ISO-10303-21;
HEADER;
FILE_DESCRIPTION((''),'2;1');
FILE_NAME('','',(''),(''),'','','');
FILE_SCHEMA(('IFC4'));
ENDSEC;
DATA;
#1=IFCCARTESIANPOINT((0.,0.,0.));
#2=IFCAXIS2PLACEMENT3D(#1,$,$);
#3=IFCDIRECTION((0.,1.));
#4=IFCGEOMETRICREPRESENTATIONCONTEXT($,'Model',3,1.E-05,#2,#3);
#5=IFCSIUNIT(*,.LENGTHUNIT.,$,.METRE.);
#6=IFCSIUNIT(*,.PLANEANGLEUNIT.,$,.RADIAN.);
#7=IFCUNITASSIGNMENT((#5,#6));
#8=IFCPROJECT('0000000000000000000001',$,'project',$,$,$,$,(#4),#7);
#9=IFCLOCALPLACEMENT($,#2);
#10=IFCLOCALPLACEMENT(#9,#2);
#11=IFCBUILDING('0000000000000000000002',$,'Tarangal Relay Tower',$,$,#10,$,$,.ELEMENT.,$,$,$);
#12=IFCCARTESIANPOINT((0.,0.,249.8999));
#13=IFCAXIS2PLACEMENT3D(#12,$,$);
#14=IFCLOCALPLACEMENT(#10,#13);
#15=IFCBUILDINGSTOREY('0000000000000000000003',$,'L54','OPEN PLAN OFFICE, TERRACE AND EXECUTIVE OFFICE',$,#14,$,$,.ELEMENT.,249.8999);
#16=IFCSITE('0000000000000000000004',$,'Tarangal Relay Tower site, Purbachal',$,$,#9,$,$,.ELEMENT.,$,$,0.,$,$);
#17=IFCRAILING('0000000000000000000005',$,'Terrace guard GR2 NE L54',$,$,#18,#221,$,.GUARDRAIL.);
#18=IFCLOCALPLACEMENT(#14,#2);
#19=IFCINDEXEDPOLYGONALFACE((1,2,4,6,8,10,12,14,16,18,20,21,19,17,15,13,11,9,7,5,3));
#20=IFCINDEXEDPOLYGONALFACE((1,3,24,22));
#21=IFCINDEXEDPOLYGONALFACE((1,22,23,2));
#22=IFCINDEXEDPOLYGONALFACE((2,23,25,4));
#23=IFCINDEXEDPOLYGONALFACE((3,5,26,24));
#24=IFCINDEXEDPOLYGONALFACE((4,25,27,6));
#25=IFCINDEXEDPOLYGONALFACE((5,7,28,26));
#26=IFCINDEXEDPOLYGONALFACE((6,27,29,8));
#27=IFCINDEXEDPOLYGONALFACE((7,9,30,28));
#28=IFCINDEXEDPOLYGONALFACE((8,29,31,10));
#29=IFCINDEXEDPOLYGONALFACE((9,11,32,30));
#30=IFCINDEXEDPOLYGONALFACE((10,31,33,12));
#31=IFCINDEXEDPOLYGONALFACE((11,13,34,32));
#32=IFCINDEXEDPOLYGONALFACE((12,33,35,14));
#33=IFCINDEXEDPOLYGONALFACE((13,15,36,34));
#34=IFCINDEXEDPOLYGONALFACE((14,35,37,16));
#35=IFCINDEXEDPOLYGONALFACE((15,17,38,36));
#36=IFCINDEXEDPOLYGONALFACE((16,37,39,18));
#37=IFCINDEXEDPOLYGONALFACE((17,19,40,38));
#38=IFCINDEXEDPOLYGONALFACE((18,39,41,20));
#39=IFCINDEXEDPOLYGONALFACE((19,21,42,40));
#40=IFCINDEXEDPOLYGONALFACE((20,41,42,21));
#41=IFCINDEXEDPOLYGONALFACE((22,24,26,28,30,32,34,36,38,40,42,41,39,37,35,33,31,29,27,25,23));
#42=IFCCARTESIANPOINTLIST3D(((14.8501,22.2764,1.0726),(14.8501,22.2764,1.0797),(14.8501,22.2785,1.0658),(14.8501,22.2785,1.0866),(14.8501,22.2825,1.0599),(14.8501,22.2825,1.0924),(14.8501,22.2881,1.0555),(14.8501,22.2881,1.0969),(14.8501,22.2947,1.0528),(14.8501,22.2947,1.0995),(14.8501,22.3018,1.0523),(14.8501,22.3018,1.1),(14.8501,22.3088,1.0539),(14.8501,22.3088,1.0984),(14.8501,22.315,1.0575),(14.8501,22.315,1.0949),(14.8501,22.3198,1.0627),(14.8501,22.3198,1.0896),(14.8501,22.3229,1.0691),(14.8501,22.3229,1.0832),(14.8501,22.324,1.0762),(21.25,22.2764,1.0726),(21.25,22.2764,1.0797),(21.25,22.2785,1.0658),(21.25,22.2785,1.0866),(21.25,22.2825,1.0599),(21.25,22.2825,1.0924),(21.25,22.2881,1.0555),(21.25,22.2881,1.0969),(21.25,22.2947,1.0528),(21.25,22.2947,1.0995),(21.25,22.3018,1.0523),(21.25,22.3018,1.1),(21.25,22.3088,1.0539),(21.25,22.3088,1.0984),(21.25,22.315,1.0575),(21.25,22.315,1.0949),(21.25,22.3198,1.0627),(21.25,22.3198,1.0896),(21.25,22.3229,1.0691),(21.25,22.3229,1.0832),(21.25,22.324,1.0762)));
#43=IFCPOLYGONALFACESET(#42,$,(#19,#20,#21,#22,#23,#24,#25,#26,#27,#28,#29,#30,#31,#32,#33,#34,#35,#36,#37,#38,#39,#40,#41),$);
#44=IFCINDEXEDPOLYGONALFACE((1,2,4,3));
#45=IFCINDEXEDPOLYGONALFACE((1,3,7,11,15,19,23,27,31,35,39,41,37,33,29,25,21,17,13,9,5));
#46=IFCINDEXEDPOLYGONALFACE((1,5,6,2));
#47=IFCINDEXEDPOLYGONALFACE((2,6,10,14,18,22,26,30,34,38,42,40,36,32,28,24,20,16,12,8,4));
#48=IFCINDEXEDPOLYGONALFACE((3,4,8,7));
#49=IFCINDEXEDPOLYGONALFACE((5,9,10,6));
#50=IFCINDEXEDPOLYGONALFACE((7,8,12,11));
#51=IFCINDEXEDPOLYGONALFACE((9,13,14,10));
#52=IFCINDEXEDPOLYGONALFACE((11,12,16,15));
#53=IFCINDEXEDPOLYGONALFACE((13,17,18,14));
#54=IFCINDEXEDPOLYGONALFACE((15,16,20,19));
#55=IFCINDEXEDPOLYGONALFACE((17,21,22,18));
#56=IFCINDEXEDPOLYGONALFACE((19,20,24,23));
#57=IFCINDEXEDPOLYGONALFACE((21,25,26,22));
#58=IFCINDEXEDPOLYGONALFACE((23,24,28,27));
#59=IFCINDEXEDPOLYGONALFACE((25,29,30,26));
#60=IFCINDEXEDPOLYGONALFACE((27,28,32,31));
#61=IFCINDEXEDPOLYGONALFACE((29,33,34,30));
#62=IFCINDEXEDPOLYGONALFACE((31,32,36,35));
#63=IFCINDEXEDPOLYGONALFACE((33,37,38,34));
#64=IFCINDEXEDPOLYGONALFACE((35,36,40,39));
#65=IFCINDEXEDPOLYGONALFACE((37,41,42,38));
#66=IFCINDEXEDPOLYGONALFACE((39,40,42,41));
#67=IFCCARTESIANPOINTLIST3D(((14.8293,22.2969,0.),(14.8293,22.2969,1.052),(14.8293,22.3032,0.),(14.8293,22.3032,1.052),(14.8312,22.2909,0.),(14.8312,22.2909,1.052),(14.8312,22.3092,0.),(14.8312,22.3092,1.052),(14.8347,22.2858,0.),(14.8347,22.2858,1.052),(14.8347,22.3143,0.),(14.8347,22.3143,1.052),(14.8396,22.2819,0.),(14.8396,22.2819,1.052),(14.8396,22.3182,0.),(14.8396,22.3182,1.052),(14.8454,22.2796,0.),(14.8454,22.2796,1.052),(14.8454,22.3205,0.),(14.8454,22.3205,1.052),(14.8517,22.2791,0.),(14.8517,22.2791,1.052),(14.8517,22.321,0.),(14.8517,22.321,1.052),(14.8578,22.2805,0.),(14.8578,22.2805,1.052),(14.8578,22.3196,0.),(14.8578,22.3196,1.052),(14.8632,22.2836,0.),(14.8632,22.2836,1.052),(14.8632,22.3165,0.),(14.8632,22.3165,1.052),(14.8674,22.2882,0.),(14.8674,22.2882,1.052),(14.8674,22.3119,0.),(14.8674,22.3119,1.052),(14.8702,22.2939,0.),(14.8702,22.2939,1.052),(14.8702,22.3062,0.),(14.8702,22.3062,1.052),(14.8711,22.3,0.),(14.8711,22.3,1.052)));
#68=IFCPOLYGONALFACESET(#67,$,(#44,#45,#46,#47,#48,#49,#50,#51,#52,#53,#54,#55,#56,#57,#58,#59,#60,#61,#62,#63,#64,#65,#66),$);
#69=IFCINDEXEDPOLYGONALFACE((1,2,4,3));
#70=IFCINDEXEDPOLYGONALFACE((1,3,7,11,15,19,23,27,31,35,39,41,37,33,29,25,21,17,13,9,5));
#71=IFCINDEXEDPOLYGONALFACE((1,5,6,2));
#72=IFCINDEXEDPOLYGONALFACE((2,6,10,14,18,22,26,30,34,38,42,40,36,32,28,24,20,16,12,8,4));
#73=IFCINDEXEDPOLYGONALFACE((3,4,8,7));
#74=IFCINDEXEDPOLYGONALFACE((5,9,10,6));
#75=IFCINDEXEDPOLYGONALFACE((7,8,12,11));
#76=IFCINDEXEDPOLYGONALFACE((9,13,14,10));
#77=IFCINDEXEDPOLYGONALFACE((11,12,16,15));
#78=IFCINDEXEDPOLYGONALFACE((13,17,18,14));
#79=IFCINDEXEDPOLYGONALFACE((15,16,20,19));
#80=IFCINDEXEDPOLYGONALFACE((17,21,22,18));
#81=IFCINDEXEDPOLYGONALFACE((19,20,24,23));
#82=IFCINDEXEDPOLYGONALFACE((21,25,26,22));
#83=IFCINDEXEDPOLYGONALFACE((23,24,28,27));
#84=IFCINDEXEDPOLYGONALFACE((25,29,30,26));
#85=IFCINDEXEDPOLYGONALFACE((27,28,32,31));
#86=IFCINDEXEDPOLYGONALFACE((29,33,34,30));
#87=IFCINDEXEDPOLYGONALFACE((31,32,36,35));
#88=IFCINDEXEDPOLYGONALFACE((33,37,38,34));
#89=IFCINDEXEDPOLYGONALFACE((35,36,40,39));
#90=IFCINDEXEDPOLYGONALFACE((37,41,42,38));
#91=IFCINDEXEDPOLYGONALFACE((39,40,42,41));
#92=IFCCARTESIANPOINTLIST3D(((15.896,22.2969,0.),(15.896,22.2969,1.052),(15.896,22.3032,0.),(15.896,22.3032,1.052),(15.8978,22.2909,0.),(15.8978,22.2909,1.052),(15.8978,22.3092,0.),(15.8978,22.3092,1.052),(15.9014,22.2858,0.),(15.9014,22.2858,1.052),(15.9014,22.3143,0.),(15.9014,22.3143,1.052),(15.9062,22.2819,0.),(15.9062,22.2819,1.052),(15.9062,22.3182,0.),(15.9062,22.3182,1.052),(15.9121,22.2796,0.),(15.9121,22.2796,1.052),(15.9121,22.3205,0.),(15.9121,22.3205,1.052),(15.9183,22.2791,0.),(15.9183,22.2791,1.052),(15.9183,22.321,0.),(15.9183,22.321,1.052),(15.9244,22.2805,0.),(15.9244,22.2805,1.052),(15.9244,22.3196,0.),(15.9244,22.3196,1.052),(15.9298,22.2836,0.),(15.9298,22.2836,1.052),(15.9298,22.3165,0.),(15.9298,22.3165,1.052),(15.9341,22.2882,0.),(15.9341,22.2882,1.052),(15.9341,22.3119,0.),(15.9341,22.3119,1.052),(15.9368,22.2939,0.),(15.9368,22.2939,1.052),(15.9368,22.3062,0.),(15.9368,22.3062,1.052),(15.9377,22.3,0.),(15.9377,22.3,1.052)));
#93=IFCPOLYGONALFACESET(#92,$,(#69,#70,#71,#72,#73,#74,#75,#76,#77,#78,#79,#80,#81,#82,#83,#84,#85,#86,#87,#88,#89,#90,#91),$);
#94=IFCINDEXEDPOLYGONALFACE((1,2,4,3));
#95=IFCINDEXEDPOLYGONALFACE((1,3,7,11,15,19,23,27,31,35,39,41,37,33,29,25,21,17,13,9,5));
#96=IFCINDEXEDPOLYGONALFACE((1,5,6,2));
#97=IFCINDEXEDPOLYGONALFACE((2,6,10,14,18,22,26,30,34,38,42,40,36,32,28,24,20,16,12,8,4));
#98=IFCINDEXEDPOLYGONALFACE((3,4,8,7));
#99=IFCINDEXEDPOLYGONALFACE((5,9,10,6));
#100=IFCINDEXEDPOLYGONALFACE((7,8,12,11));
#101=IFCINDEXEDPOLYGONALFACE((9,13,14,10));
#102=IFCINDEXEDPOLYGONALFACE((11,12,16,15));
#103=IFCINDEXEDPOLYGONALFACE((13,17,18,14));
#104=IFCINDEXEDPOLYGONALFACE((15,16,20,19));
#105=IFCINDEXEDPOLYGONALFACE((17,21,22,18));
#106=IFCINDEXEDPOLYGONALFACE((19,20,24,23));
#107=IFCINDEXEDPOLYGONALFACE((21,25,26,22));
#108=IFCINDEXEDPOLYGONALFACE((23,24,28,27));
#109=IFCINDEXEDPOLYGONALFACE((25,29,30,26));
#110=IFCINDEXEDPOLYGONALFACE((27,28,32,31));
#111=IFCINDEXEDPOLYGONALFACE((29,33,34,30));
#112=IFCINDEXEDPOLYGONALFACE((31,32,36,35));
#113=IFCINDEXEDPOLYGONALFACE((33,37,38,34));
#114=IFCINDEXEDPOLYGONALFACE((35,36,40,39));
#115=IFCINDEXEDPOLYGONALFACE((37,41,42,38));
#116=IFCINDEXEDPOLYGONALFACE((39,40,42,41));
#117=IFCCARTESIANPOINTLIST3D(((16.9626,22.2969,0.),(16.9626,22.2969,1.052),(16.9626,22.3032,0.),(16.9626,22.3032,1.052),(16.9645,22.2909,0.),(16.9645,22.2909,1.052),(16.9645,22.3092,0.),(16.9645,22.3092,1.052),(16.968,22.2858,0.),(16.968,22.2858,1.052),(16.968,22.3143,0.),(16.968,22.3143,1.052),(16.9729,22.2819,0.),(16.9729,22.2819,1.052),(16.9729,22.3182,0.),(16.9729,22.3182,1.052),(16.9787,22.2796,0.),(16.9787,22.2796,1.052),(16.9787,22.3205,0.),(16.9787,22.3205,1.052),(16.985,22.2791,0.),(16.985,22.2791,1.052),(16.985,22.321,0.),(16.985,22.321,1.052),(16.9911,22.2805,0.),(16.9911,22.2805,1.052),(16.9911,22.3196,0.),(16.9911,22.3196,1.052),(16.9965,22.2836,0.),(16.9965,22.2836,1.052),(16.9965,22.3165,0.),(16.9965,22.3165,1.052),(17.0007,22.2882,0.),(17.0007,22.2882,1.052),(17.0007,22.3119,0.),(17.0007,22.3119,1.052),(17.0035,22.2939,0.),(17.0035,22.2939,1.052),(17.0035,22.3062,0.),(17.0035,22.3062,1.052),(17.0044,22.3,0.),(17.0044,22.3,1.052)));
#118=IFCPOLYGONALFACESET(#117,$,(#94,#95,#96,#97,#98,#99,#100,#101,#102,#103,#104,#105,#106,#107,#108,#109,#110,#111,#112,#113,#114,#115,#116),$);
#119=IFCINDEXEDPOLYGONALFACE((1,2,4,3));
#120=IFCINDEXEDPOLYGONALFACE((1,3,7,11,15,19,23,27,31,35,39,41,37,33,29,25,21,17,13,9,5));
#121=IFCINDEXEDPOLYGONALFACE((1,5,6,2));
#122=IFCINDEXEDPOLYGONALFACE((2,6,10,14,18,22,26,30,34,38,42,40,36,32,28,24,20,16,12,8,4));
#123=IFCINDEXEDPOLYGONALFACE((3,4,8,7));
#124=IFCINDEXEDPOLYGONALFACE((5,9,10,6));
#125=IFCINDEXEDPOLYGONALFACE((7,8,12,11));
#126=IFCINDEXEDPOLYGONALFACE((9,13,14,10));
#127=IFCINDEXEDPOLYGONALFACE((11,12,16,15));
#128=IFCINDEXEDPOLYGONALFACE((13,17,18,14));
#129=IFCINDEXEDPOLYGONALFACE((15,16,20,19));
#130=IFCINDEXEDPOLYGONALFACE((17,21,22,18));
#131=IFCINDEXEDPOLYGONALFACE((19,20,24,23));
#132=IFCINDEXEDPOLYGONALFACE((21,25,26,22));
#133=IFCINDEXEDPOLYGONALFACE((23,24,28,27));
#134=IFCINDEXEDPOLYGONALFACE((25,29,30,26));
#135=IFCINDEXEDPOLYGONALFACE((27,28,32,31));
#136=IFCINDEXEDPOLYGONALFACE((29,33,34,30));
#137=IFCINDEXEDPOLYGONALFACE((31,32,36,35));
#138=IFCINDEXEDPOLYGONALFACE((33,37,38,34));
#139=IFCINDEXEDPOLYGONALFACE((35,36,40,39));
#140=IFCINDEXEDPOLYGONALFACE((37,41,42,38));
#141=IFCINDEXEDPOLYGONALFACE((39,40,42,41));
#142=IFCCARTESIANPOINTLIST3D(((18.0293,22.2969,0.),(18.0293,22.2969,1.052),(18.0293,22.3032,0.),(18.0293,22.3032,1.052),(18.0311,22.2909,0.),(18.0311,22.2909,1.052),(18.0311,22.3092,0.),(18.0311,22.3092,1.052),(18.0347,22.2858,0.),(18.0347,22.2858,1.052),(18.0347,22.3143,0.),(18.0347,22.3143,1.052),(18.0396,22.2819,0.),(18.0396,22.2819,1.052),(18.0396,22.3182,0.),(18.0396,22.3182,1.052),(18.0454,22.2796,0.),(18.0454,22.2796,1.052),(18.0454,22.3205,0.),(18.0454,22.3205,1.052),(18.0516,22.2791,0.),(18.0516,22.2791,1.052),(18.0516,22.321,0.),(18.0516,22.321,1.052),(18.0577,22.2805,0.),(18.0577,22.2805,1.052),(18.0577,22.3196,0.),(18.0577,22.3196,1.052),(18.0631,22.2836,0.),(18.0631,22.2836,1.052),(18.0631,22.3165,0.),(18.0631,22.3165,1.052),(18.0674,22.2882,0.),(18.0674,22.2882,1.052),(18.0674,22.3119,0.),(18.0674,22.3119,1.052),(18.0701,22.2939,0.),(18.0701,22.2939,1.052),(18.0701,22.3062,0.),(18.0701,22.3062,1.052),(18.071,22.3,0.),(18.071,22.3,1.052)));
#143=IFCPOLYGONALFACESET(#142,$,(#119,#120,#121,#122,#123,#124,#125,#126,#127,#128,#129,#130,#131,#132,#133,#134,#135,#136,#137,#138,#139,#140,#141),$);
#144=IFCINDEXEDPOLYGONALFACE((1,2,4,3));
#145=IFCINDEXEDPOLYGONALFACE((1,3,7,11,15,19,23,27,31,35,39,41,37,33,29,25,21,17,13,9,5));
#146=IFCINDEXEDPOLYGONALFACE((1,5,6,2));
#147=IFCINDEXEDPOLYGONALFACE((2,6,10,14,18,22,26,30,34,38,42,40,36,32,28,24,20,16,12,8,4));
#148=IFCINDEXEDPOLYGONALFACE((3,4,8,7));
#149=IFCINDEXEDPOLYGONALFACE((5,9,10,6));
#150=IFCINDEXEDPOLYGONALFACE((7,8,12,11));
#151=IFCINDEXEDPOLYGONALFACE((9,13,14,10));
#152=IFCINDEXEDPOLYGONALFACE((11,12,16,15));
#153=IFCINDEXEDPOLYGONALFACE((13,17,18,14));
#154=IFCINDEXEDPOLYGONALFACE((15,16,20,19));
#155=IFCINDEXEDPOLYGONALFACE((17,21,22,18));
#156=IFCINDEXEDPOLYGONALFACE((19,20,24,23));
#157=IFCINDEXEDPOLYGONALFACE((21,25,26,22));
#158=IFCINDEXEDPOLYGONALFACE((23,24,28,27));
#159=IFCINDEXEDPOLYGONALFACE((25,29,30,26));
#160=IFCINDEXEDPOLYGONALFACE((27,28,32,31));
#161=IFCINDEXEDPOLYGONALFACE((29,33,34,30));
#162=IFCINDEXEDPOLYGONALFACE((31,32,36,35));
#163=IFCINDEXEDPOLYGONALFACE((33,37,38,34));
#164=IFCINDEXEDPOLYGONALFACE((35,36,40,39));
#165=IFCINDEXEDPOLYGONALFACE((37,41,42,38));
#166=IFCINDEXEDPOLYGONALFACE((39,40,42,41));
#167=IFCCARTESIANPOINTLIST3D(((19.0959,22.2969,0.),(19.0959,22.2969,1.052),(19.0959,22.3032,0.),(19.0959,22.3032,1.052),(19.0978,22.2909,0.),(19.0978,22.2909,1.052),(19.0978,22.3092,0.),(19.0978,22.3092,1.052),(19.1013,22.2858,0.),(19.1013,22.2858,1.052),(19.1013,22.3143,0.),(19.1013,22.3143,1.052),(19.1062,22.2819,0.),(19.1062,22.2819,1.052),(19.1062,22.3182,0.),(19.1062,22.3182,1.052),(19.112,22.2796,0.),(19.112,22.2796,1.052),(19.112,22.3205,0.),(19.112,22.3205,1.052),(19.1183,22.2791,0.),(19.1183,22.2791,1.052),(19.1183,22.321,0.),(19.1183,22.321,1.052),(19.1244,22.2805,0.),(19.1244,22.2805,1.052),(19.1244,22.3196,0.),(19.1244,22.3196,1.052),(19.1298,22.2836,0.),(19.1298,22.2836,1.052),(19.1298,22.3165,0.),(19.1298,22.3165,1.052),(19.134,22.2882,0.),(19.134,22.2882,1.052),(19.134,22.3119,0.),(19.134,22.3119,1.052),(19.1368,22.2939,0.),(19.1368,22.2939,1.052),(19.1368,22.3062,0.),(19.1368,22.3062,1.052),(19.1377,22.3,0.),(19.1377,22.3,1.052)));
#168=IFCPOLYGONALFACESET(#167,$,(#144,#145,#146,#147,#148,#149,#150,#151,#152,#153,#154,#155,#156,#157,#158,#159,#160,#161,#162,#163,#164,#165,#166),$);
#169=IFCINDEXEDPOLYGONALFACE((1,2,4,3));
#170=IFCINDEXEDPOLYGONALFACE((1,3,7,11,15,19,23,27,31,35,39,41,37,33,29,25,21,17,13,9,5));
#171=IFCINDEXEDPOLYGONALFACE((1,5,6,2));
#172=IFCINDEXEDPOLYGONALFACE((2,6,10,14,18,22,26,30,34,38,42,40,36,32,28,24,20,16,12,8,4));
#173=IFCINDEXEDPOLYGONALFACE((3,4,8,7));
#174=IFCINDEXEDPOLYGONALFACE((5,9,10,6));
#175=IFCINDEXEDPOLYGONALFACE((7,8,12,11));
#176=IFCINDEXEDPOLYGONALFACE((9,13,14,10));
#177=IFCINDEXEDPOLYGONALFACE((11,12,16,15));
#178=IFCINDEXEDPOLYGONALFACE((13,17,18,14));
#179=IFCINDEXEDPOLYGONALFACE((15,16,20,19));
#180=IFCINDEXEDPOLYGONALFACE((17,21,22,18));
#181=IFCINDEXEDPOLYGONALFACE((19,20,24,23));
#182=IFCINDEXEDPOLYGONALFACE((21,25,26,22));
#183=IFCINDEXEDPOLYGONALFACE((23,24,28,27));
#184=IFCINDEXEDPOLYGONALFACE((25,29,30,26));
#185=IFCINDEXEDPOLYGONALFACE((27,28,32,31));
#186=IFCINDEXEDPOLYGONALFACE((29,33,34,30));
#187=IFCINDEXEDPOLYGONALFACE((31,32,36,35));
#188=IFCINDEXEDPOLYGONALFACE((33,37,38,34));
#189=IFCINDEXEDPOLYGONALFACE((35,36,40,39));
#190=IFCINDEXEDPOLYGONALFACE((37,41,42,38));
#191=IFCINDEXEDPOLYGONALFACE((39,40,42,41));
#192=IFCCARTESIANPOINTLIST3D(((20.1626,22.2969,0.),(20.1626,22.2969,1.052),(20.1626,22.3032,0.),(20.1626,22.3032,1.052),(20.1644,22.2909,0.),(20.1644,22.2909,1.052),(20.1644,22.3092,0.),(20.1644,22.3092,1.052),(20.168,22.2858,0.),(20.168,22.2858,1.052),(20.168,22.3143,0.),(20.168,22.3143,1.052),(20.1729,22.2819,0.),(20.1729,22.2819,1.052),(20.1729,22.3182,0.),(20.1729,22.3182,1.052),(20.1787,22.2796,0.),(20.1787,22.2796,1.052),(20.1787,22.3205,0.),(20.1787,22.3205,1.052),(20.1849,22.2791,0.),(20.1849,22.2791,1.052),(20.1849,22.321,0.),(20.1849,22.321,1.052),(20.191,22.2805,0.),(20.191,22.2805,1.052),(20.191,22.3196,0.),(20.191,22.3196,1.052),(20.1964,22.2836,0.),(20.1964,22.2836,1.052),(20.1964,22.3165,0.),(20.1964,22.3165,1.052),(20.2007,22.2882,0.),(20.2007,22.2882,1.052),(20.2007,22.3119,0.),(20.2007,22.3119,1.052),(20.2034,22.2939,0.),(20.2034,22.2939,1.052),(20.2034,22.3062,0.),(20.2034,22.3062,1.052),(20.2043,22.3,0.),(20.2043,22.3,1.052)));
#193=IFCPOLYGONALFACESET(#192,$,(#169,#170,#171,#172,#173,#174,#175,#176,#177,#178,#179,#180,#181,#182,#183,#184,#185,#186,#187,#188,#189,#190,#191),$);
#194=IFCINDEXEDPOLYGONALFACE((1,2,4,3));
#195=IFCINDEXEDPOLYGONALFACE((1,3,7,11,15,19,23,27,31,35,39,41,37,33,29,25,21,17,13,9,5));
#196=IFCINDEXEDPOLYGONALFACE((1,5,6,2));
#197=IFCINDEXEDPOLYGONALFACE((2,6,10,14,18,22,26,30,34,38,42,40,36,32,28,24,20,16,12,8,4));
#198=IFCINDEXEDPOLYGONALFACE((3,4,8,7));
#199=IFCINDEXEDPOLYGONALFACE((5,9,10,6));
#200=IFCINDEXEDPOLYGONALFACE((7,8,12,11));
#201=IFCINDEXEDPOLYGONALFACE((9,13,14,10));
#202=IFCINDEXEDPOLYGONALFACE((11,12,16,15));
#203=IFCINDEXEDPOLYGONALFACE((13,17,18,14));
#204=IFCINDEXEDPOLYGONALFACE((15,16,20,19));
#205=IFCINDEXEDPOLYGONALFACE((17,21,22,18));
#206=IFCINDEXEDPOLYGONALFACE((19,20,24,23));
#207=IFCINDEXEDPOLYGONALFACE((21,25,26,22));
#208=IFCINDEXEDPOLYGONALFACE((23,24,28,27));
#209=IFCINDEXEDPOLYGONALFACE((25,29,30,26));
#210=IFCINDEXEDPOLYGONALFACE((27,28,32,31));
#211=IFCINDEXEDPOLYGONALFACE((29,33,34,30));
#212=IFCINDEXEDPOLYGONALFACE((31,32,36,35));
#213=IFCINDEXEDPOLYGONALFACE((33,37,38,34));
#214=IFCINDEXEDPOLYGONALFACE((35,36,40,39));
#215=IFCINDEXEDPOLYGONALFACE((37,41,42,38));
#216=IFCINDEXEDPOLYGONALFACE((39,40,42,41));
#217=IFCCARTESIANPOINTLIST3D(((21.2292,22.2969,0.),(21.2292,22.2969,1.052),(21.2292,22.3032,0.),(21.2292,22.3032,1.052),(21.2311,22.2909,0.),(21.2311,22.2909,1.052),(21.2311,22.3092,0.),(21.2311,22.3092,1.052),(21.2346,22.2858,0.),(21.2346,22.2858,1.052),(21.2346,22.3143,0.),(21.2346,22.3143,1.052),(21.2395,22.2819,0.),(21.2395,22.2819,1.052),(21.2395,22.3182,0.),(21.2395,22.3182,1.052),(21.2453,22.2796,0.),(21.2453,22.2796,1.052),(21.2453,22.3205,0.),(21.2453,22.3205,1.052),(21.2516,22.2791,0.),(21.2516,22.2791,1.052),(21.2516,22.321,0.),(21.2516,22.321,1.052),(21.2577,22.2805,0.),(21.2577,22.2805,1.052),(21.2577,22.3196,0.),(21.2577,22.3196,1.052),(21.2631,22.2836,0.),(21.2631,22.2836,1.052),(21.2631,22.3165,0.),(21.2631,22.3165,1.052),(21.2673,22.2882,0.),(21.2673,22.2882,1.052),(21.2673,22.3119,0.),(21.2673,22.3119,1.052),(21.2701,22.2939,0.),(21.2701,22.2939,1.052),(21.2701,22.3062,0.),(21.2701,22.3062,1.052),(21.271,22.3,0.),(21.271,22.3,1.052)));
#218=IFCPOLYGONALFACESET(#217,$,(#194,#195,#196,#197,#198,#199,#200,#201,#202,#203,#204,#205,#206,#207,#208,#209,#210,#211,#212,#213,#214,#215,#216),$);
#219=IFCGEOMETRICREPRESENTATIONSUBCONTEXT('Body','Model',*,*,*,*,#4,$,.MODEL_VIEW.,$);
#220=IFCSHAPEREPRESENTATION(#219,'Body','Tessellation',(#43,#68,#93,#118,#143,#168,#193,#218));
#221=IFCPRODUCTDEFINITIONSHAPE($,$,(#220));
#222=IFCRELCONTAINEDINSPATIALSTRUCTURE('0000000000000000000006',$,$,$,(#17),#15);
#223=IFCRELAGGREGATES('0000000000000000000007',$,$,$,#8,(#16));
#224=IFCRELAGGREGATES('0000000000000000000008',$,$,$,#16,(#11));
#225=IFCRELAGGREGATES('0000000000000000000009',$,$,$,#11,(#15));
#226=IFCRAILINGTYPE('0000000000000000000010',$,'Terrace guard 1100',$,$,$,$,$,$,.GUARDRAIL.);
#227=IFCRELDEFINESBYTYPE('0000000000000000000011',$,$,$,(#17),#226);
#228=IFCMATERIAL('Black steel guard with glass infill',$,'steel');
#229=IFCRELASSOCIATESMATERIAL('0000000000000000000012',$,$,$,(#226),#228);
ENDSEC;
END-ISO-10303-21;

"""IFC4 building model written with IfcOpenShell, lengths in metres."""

from ifc_helpers import new_model, si_unit, direction, frame, origin, origin_2d, place, context, subcontext, project, spatial, circle, extrude, material, type_object, element, save


model = new_model("IFC4")

# Units and contexts
model_context = context("Model", 3, precision=1e-05, world=origin(), true_north=direction((0.0, 1.0)))
body_context = subcontext(model_context, "Body", "Model", "MODEL_VIEW")
ifc_project = project(units=[si_unit("LENGTHUNIT", "METRE"), si_unit("PLANEANGLEUNIT", "RADIAN")], contexts=[model_context])

# Site, building, storey
site_placement = place(None, origin())
site = spatial("IfcSite", under=ifc_project, at=site_placement, Name="Tarangal Relay Tower site, Purbachal", CompositionType="ELEMENT", RefElevation=0.0)
building_placement = place(site_placement, origin())
building = spatial("IfcBuilding", under=site, at=building_placement, Name="Tarangal Relay Tower", CompositionType="ELEMENT")
storey_placement = place(building_placement, frame((0.0, 0.0, 249.8999)))
storey = spatial("IfcBuildingStorey", under=building, at=storey_placement, Name="L54", Description="OPEN PLAN OFFICE, TERRACE AND EXECUTIVE OFFICE", CompositionType="ELEMENT", Elevation=249.8999)

# Railing
ifc_material_1 = material(Name="Black steel guard with glass infill", Category="steel")
railing_type = type_object("IfcRailingType", Name="Terrace guard 1100", PredefinedType="GUARDRAIL", material=ifc_material_1)
railing_1_placement = place(storey_placement, frame((14.8501, 22.3, 0.0)))
element("IfcRailing", 1, at=railing_1_placement, inside=storey, type_object=railing_type, Name="Terrace guard GR2 NE L54", PredefinedType="GUARDRAIL", context=body_context, shape_type="SweptSolid", body=[
    extrude(circle(Radius=0.0239, at=origin_2d()), frame((0.0, 0.0, 1.0762), z_axis=(1.0, 0.0, 0.0), x_axis=(0.0, 1.0, 0.0)), (0.0, 0.0, 1.0), 6.3999),
    extrude(circle(Radius=0.021, at=origin_2d()), origin(), (0.0, 0.0, 1.0), 1.052),
    extrude(circle(Radius=0.021, at=origin_2d()), frame((1.0667, 0.0, 0.0)), (0.0, 0.0, 1.0), 1.052),
    extrude(circle(Radius=0.021, at=origin_2d()), frame((2.1333, 0.0, 0.0)), (0.0, 0.0, 1.0), 1.052),
    extrude(circle(Radius=0.021, at=origin_2d()), frame((3.2, 0.0, 0.0)), (0.0, 0.0, 1.0), 1.052),
    extrude(circle(Radius=0.021, at=origin_2d()), frame((4.2666, 0.0, 0.0)), (0.0, 0.0, 1.0), 1.052),
    extrude(circle(Radius=0.021, at=origin_2d()), frame((5.3333, 0.0, 0.0)), (0.0, 0.0, 1.0), 1.052),
    extrude(circle(Radius=0.021, at=origin_2d()), frame((6.3999, 0.0, 0.0)), (0.0, 0.0, 1.0), 1.052),
])

save(model, "model.ifc")
